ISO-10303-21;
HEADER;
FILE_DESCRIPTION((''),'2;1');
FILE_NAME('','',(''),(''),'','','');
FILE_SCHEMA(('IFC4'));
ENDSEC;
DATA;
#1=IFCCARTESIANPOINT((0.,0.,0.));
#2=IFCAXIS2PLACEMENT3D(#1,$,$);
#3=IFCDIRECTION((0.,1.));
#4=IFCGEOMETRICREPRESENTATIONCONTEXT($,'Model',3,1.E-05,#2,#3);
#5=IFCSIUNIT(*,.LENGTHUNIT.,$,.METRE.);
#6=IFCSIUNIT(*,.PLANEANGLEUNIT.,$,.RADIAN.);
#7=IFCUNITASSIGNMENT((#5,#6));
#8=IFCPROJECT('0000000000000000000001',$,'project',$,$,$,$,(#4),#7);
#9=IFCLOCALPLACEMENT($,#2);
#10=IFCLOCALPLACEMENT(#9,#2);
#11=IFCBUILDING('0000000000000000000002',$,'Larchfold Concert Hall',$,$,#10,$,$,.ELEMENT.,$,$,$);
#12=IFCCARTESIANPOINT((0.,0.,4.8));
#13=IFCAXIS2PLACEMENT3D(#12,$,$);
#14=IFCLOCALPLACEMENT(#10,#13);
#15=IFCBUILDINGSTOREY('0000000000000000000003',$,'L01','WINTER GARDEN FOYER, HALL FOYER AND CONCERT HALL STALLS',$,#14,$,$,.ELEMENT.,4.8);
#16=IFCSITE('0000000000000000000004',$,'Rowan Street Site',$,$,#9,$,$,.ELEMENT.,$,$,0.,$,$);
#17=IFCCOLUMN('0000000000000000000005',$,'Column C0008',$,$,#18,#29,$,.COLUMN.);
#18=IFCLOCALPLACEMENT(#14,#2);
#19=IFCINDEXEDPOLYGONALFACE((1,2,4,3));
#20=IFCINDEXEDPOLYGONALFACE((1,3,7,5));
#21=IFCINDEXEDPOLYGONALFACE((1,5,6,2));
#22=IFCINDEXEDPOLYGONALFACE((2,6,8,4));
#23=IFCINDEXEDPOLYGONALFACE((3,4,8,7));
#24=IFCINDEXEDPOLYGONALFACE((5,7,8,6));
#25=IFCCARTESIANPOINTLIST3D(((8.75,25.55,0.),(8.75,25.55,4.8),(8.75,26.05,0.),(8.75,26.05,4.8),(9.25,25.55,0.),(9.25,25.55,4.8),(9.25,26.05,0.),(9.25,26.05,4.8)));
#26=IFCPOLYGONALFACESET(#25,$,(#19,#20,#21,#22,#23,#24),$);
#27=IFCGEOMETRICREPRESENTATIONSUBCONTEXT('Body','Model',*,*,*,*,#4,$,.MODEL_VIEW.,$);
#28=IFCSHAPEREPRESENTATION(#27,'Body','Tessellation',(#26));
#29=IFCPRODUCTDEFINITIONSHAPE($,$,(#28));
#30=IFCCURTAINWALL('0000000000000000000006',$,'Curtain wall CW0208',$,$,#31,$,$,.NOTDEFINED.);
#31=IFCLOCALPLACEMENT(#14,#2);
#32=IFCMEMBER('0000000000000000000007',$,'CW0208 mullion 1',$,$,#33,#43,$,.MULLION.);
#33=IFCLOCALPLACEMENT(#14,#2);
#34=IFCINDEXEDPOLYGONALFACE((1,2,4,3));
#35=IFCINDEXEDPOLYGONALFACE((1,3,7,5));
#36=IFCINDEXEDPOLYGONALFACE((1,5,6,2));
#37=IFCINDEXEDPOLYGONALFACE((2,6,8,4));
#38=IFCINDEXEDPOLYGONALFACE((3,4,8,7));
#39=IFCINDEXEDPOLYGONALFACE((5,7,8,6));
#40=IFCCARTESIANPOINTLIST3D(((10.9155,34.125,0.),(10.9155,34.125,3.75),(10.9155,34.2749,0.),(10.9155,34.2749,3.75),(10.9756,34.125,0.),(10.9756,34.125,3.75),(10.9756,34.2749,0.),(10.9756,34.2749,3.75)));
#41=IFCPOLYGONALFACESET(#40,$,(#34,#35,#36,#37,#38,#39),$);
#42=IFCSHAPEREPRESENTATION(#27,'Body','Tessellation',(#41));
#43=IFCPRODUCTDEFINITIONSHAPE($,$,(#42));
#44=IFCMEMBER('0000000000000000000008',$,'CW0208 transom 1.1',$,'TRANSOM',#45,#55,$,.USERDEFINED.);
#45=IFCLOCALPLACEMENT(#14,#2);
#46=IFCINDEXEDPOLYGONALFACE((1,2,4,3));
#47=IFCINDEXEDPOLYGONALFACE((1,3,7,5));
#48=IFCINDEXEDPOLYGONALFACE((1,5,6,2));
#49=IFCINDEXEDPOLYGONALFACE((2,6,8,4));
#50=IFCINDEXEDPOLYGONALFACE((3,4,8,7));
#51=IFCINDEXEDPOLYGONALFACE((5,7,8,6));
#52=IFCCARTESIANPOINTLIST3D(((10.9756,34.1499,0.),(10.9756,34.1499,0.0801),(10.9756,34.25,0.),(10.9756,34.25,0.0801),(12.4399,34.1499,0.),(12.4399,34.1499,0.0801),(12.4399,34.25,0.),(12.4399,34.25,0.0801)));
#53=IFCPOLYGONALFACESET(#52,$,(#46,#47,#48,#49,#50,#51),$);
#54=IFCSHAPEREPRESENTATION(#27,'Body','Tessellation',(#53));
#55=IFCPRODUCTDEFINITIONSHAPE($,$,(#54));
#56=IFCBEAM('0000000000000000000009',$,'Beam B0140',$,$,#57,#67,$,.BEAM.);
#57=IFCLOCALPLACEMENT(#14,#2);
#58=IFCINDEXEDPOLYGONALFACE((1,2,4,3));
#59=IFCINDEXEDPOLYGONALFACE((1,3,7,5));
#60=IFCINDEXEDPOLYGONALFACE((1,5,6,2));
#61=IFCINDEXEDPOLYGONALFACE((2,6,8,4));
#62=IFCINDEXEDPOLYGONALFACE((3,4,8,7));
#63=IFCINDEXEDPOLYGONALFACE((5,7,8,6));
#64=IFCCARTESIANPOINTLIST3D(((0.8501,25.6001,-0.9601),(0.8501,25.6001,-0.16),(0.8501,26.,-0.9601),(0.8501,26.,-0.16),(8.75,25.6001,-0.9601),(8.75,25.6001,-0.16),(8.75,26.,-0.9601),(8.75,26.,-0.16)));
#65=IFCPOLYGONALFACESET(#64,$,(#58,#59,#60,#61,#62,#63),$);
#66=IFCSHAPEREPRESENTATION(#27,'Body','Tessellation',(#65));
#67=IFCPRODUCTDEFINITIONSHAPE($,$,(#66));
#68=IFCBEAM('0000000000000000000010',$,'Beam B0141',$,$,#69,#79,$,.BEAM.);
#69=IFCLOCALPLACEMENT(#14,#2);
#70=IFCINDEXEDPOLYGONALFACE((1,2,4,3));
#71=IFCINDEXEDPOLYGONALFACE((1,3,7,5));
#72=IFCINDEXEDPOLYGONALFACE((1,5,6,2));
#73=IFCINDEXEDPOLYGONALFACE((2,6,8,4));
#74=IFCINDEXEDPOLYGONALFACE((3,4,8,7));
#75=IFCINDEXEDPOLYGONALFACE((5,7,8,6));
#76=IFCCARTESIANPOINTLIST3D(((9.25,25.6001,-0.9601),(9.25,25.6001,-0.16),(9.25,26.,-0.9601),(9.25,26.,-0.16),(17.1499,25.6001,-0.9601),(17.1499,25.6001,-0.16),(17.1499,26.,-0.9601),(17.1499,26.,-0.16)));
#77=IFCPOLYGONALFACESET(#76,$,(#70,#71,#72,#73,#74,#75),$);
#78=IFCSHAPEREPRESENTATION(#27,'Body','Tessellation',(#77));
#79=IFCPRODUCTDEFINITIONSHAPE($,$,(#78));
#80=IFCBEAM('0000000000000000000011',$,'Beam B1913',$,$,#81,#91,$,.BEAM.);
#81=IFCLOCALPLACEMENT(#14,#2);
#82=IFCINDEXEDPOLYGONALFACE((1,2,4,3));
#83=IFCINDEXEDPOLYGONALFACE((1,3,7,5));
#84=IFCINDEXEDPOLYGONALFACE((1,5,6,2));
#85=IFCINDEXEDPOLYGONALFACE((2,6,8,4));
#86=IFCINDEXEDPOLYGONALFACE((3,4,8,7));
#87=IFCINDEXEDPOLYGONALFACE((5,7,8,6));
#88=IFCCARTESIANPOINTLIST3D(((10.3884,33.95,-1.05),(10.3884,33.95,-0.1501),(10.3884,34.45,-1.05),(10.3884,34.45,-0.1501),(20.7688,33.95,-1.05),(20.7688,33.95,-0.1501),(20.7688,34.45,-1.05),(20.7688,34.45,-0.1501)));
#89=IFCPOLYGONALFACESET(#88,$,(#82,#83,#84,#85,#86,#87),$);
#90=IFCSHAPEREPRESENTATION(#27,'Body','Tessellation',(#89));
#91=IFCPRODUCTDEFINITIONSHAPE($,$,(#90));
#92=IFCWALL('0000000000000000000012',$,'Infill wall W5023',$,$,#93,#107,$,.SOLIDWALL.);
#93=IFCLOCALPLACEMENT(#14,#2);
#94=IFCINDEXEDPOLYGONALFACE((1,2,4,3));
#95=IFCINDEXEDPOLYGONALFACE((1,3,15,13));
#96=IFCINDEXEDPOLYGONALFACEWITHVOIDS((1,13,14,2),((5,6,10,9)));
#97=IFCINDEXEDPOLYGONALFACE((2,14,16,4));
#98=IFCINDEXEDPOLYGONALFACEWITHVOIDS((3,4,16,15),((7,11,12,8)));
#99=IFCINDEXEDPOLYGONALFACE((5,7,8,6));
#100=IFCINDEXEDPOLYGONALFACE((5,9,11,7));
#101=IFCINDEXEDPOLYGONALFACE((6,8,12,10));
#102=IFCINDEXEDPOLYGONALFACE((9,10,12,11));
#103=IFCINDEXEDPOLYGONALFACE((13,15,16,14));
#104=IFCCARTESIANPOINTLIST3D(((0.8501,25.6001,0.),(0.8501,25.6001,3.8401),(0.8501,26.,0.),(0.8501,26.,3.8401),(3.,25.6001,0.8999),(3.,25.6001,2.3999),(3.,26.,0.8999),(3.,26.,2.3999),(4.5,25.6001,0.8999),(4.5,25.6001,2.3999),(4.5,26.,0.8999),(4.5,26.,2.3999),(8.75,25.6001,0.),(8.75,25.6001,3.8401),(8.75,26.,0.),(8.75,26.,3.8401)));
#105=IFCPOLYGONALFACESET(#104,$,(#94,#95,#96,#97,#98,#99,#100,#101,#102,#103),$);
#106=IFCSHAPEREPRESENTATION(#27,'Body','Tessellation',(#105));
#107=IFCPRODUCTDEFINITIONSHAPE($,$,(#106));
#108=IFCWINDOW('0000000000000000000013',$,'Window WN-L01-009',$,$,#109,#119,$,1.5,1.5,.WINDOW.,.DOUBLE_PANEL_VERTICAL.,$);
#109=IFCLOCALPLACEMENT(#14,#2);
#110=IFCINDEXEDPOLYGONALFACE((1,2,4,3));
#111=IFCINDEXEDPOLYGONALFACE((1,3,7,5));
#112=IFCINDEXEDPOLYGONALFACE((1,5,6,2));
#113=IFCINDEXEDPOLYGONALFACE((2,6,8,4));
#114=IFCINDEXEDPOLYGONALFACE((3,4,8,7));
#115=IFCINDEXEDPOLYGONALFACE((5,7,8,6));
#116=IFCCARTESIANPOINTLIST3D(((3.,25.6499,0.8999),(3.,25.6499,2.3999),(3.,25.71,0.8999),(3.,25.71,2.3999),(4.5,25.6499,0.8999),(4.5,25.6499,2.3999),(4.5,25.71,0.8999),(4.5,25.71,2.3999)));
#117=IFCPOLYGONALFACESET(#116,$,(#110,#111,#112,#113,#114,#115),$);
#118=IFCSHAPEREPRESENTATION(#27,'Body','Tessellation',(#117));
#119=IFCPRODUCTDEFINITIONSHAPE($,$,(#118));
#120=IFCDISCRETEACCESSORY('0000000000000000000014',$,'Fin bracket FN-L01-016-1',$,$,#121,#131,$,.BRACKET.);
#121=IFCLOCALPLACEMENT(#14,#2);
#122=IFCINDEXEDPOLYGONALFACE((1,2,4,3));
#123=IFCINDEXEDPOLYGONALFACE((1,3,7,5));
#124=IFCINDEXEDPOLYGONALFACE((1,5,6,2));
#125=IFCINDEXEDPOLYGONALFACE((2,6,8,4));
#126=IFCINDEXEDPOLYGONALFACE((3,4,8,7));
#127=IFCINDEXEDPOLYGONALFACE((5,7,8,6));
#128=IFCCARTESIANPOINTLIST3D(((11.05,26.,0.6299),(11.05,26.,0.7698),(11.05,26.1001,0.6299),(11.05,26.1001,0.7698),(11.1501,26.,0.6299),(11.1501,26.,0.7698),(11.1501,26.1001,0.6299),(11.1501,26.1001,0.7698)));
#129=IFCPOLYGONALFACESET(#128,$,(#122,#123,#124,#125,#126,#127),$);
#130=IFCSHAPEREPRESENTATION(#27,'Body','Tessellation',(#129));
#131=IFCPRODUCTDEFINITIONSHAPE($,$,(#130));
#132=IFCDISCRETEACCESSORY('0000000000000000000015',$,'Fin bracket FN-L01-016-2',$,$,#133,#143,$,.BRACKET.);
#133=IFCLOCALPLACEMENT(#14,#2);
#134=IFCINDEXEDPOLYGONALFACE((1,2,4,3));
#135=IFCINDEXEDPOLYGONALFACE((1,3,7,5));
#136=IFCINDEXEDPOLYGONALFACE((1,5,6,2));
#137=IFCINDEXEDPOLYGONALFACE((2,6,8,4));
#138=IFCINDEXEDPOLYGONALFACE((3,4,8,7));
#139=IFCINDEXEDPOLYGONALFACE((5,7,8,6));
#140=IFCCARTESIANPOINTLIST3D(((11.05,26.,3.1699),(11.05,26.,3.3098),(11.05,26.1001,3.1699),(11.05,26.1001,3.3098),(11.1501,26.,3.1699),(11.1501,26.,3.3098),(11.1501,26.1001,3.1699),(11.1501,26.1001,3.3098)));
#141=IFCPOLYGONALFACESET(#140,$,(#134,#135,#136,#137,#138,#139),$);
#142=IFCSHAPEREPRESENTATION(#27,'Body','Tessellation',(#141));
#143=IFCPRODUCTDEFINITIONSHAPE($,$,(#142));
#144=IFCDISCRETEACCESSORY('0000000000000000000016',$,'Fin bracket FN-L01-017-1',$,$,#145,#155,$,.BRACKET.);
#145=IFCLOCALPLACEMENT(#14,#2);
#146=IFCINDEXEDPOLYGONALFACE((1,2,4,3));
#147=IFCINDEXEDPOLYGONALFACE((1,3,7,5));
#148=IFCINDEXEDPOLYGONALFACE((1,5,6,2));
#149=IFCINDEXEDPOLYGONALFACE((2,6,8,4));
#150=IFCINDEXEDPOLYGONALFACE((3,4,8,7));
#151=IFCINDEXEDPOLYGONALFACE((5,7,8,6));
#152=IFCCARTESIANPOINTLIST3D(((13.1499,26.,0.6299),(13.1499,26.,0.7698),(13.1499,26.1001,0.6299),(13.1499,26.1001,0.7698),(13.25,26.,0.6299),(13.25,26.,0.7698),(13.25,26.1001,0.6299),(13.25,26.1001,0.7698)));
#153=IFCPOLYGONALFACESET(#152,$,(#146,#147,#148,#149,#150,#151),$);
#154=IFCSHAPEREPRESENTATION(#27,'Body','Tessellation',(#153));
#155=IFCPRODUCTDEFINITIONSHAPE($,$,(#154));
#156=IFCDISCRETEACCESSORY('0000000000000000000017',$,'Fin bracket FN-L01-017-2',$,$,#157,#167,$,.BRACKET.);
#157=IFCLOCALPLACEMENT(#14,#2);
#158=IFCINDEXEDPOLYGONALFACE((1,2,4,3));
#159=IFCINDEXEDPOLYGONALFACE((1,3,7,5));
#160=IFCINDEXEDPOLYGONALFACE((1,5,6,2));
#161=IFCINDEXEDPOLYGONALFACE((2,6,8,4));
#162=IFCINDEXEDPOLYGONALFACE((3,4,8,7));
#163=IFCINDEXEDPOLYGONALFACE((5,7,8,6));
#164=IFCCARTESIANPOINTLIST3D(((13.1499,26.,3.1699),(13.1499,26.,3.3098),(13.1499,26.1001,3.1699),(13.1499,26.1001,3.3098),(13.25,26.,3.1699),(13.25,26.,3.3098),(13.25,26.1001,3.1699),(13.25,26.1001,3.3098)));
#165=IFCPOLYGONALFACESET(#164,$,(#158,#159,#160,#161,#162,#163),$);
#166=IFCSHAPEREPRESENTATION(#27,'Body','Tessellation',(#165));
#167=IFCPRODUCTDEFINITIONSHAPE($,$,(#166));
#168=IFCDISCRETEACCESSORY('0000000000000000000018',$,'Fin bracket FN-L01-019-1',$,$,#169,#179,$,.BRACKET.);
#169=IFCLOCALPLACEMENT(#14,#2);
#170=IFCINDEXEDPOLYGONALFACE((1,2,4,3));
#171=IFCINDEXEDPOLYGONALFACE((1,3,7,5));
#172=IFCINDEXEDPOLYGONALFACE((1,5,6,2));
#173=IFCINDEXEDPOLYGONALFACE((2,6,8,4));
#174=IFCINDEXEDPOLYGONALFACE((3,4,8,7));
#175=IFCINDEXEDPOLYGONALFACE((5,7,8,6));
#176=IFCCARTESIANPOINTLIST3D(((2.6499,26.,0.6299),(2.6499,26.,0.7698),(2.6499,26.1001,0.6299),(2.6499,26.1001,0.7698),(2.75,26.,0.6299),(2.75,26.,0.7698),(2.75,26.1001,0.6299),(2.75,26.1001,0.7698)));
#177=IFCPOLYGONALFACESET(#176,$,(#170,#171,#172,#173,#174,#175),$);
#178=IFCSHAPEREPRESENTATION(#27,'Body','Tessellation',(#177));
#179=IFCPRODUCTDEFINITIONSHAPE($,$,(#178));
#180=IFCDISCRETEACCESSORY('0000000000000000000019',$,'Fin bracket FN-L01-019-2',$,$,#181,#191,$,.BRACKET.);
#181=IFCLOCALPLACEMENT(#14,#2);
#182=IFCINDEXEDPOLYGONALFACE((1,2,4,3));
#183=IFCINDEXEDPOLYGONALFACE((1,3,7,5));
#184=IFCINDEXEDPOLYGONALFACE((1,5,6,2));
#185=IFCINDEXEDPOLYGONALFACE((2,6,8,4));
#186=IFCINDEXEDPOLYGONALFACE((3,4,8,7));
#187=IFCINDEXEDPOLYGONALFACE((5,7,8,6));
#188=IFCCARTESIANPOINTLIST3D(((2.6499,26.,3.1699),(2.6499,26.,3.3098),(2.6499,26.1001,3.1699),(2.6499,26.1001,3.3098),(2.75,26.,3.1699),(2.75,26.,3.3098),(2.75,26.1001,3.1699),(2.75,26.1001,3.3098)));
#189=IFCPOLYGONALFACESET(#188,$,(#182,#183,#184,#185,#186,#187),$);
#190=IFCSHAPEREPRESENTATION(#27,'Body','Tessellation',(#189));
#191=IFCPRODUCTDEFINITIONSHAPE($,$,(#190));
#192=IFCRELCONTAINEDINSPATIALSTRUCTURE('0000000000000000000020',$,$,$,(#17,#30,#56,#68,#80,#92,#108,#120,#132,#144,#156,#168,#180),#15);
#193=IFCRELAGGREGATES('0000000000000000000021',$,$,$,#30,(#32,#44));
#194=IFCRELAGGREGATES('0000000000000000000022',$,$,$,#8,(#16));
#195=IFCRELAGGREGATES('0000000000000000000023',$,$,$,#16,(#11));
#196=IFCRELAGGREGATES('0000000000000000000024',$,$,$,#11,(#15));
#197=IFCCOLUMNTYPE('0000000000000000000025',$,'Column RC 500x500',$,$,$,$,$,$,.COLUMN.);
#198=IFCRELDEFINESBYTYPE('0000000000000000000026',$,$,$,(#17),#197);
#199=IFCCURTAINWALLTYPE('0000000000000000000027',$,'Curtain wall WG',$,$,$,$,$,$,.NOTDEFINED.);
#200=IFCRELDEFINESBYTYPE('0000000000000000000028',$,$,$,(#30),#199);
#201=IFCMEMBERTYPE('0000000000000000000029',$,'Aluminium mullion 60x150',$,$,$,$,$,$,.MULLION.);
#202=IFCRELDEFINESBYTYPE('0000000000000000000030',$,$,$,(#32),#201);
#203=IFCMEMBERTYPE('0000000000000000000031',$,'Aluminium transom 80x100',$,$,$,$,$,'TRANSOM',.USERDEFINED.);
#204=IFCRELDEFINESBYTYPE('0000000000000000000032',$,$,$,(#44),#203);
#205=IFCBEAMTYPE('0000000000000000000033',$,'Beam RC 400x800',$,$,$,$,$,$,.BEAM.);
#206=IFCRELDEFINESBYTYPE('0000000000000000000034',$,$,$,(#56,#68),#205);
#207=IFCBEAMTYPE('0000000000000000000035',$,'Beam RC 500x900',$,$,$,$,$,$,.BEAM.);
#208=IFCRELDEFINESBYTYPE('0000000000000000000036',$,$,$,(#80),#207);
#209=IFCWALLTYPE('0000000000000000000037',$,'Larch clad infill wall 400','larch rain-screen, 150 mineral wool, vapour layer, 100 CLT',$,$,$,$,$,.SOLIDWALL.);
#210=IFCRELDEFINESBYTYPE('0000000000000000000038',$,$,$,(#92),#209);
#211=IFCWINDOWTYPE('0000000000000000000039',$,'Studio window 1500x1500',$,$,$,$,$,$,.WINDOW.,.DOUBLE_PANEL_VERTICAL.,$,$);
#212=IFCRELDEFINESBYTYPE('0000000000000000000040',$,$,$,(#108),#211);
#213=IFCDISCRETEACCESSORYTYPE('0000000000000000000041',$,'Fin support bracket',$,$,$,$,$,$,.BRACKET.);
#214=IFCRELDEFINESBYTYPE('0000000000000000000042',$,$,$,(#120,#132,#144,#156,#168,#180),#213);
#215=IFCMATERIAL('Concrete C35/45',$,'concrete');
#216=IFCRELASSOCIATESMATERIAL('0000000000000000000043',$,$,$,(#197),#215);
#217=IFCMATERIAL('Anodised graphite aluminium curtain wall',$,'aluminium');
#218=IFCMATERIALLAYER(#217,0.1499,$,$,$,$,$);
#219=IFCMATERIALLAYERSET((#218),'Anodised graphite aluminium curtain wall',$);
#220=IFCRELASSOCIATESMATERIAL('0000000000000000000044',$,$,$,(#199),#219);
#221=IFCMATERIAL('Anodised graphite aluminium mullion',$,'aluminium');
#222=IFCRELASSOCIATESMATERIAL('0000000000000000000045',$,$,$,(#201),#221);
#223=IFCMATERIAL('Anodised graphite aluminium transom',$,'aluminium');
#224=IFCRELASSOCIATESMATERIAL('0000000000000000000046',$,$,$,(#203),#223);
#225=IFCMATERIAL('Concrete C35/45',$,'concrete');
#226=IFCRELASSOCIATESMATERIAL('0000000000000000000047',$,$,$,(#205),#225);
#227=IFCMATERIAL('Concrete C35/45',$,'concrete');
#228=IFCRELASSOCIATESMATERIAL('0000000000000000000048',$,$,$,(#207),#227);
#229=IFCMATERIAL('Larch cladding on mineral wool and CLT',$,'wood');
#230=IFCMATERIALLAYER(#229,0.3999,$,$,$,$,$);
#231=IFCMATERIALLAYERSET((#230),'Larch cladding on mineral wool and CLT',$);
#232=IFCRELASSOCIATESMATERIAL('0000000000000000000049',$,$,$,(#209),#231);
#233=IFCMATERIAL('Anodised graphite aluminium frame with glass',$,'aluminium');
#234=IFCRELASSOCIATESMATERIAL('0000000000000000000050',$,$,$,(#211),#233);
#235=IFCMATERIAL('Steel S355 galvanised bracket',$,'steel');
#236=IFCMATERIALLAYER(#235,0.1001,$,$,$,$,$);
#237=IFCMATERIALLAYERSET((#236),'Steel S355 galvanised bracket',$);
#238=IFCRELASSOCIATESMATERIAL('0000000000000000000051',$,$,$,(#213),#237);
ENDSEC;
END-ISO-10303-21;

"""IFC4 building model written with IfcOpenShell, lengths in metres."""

from ifc_helpers import new_model, si_unit, direction, frame, frame_2d, origin, origin_2d, place, context, subcontext, project, spatial, rectangle, extrude, material, layer, layer_set, material_profile, profile_set, type_object, element, fill, aggregate, save


model = new_model("IFC4")

# Units and contexts
model_context = context("Model", 3, precision=1e-05, world=origin(), true_north=direction((0.0, 1.0)))
body_context = subcontext(model_context, "Body", "Model", "MODEL_VIEW")
ifc_project = project(units=[si_unit("LENGTHUNIT", "METRE"), si_unit("PLANEANGLEUNIT", "RADIAN")], contexts=[model_context])

# Site, building, storey
site_placement = place(None, origin())
site = spatial("IfcSite", under=ifc_project, at=site_placement, Name="Rowan Street Site", CompositionType="ELEMENT", RefElevation=0.0)
building_placement = place(site_placement, origin())
building = spatial("IfcBuilding", under=site, at=building_placement, Name="Larchfold Concert Hall", CompositionType="ELEMENT")
storey_placement = place(building_placement, frame((0.0, 0.0, 4.8)))
storey = spatial("IfcBuildingStorey", under=building, at=storey_placement, Name="L01", Description="WINTER GARDEN FOYER, HALL FOYER AND CONCERT HALL STALLS", CompositionType="ELEMENT", Elevation=4.8)

# Column
ifc_material_1 = material(Name="Concrete C35/45", Category="concrete")
ifc_material_profile_1 = material_profile(ifc_material_1, rectangle(XDim=0.5, YDim=0.5, at=origin_2d()))
ifc_profile_set_1 = profile_set([ifc_material_profile_1], Name="Concrete C35/45")
column_type = type_object("IfcColumnType", Name="Column RC 500x500", PredefinedType="COLUMN", material=ifc_profile_set_1)
column_placement = place(storey_placement, frame((9.0, 25.8, 0.0), z_axis=(0.0, 0.0, 1.0), x_axis=(1.0, 0.0, 0.0)))
element("IfcColumn", 1, at=column_placement, inside=storey, type_object=column_type, Name="Column C0008", PredefinedType="COLUMN", context=body_context, shape_type="SweptSolid", body=[
    extrude(rectangle(XDim=0.5, YDim=0.5, at=origin_2d()), origin(), (0.0, 0.0, 1.0), 4.8),
])

# Curtain wall, members
ifc_material_2 = material(Name="Anodised graphite aluminium curtain wall", Category="aluminium")
ifc_layer_1 = layer(ifc_material_2, 0.1499)
ifc_layer_set_1 = layer_set([ifc_layer_1], Name="Anodised graphite aluminium curtain wall")
curtain_wall_type = type_object("IfcCurtainWallType", Name="Curtain wall WG", PredefinedType="NOTDEFINED", material=ifc_layer_set_1)
curtain_wall_placement = place(storey_placement, origin())
curtain_wall = element("IfcCurtainWall", 2, at=curtain_wall_placement, inside=storey, type_object=curtain_wall_type, Name="Curtain wall CW0208", PredefinedType="NOTDEFINED")
ifc_material_3 = material(Name="Anodised graphite aluminium mullion", Category="aluminium")
ifc_material_profile_2 = material_profile(ifc_material_3, rectangle(XDim=0.1499, YDim=0.0601, at=origin_2d()))
ifc_profile_set_2 = profile_set([ifc_material_profile_2], Name="Anodised graphite aluminium mullion")
member_type_1 = type_object("IfcMemberType", Name="Aluminium mullion 60x150", PredefinedType="MULLION", material=ifc_profile_set_2)
member_1_placement = place(storey_placement, frame((10.9456, 34.2, 0.0), z_axis=(0.0, 0.0, 1.0), x_axis=(0.0, 1.0, 0.0)))
member_1 = element("IfcMember", 3, at=member_1_placement, type_object=member_type_1, Name="CW0208 mullion 1", PredefinedType="MULLION", context=body_context, shape_type="SweptSolid", body=[
    extrude(rectangle(XDim=0.1499, YDim=0.0601, at=origin_2d()), origin(), (0.0, 0.0, 1.0), 3.75),
])
ifc_material_4 = material(Name="Anodised graphite aluminium transom", Category="aluminium")
ifc_material_profile_3 = material_profile(ifc_material_4, rectangle(XDim=0.1001, YDim=0.0801, at=origin_2d()))
ifc_profile_set_3 = profile_set([ifc_material_profile_3], Name="Anodised graphite aluminium transom")
member_type_2 = type_object("IfcMemberType", Name="Aluminium transom 80x100", ElementType="TRANSOM", PredefinedType="USERDEFINED", material=ifc_profile_set_3)
member_2_placement = place(storey_placement, frame((10.9756, 34.2, 0.04), z_axis=(1.0, 0.0, 0.0), x_axis=(0.0, 1.0, 0.0)))
member_2 = element("IfcMember", 4, at=member_2_placement, type_object=member_type_2, Name="CW0208 transom 1.1", ObjectType="TRANSOM", PredefinedType="USERDEFINED", context=body_context, shape_type="SweptSolid", body=[
    extrude(rectangle(XDim=0.1001, YDim=0.0801, at=origin_2d()), origin(), (0.0, 0.0, 1.0), 1.4644),
])
aggregate(curtain_wall, [member_1, member_2])

# Beams
ifc_material_5 = material(Name="Concrete C35/45", Category="concrete")
ifc_material_profile_4 = material_profile(ifc_material_5, rectangle(XDim=0.3999, YDim=0.8, at=origin_2d()))
ifc_profile_set_4 = profile_set([ifc_material_profile_4], Name="Concrete C35/45")
beam_type_1 = type_object("IfcBeamType", Name="Beam RC 400x800", PredefinedType="BEAM", material=ifc_profile_set_4)
for number, where, z_axis, x_axis, name in (
    (5, (0.8501, 25.8, -0.5601), (1.0, 0.0, 0.0), (0.0, 1.0, 0.0), "Beam B0140"),
    (6, (9.25, 25.8, -0.5601), (1.0, 0.0, 0.0), (0.0, 1.0, 0.0), "Beam B0141"),
):
    element("IfcBeam", number, at=place(storey_placement, frame(where, z_axis=z_axis, x_axis=x_axis)), inside=storey, type_object=beam_type_1, Name=name, PredefinedType="BEAM", context=body_context, shape_type="SweptSolid", body=[
        extrude(rectangle(XDim=0.3999, YDim=0.8, at=origin_2d()), origin(), (0.0, 0.0, 1.0), 7.8999),
    ])
ifc_material_6 = material(Name="Concrete C35/45", Category="concrete")
ifc_material_profile_5 = material_profile(ifc_material_6, rectangle(XDim=0.5, YDim=0.8999, at=origin_2d()))
ifc_profile_set_5 = profile_set([ifc_material_profile_5], Name="Concrete C35/45")
beam_type_2 = type_object("IfcBeamType", Name="Beam RC 500x900", PredefinedType="BEAM", material=ifc_profile_set_5)
beam_placement = place(storey_placement, frame((10.3884, 34.2, -0.6001), z_axis=(1.0, 0.0, 0.0), x_axis=(0.0, 1.0, 0.0)))
element("IfcBeam", 7, at=beam_placement, inside=storey, type_object=beam_type_2, Name="Beam B1913", PredefinedType="BEAM", context=body_context, shape_type="SweptSolid", body=[
    extrude(rectangle(XDim=0.5, YDim=0.8999, at=origin_2d()), origin(), (0.0, 0.0, 1.0), 10.3804),
])

# Wall, opening, window
ifc_material_7 = material(Name="Larch cladding on mineral wool and CLT", Category="wood")
ifc_layer_2 = layer(ifc_material_7, 0.3999)
ifc_layer_set_2 = layer_set([ifc_layer_2], Name="Larch cladding on mineral wool and CLT")
wall_type = type_object("IfcWallType", Name="Larch clad infill wall 400", Description="larch rain-screen, 150 mineral wool, vapour layer, 100 CLT", PredefinedType="SOLIDWALL", material=ifc_layer_set_2)
wall_placement = place(storey_placement, frame((8.75, 25.8, 0.0), z_axis=(0.0, 0.0, 1.0), x_axis=(-1.0, 0.0, 0.0)))
wall = element("IfcWall", 8, at=wall_placement, inside=storey, type_object=wall_type, Name="Infill wall W5023", PredefinedType="SOLIDWALL", context=body_context, shape_type="SweptSolid", body=[
    extrude(rectangle(XDim=7.8999, YDim=0.3999, at=frame_2d((3.95, 0.0))), origin(), (0.0, 0.0, 1.0), 3.8401),
])
opening_placement = place(wall_placement, frame((4.25, 0.0, 0.8999)))
opening = element("IfcOpeningElement", 9, at=opening_placement, cuts=wall, PredefinedType="OPENING", context=body_context, shape_type="SweptSolid", body=[
    extrude(rectangle(XDim=1.5, YDim=1.5, at=frame_2d((0.75, 0.75))), frame((0.0, 0.21, 0.0), z_axis=(0.0, -1.0, 0.0), x_axis=(1.0, 0.0, 0.0)), (0.0, 0.0, 1.0), 0.4199),
])
ifc_material_8 = material(Name="Anodised graphite aluminium frame with glass", Category="aluminium")
window_type = type_object("IfcWindowType", Name="Studio window 1500x1500", PartitioningType="DOUBLE_PANEL_VERTICAL", PredefinedType="WINDOW", material=ifc_material_8)
window_placement = place(opening_placement, origin())
window = element("IfcWindow", 10, at=window_placement, inside=storey, type_object=window_type, Name="Window WN-L01-009", OverallHeight=1.5, OverallWidth=1.5, PartitioningType="DOUBLE_PANEL_VERTICAL", PredefinedType="WINDOW", context=body_context, shape_type="SweptSolid", body=[
    extrude(rectangle(XDim=1.5, YDim=1.5, at=frame_2d((0.75, 0.75))), frame((0.0, 0.1501, 0.0), z_axis=(0.0, -1.0, 0.0), x_axis=(1.0, 0.0, 0.0)), (0.0, 0.0, 1.0), 0.0601),
])
fill(opening, window)

# Discrete accessories
ifc_material_9 = material(Name="Steel S355 galvanised bracket", Category="steel")
ifc_layer_3 = layer(ifc_material_9, 0.1001)
ifc_layer_set_3 = layer_set([ifc_layer_3], Name="Steel S355 galvanised bracket")
discrete_accessory_type = type_object("IfcDiscreteAccessoryType", Name="Fin support bracket", PredefinedType="BRACKET", material=ifc_layer_set_3)
for number, where, z_axis, x_axis, name in (
    (11, (11.1001, 26.05, 0.6299), (0.0, 0.0, 1.0), (0.0, 1.0, 0.0), "Fin bracket FN-L01-016-1"),
    (12, (11.1001, 26.05, 3.1699), (0.0, 0.0, 1.0), (0.0, 1.0, 0.0), "Fin bracket FN-L01-016-2"),
    (13, (13.2, 26.05, 0.6299), (0.0, 0.0, 1.0), (0.0, 1.0, 0.0), "Fin bracket FN-L01-017-1"),
    (14, (13.2, 26.05, 3.1699), (0.0, 0.0, 1.0), (0.0, 1.0, 0.0), "Fin bracket FN-L01-017-2"),
    (15, (2.7, 26.05, 0.6299), (0.0, 0.0, 1.0), (0.0, 1.0, 0.0), "Fin bracket FN-L01-019-1"),
    (16, (2.7, 26.05, 3.1699), (0.0, 0.0, 1.0), (0.0, 1.0, 0.0), "Fin bracket FN-L01-019-2"),
):
    element("IfcDiscreteAccessory", number, at=place(storey_placement, frame(where, z_axis=z_axis, x_axis=x_axis)), inside=storey, type_object=discrete_accessory_type, Name=name, PredefinedType="BRACKET", context=body_context, shape_type="SweptSolid", body=[
        extrude(rectangle(XDim=0.1001, YDim=0.1001, at=origin_2d()), origin(), (0.0, 0.0, 1.0), 0.1399),
    ])

save(model, "model.ifc")
